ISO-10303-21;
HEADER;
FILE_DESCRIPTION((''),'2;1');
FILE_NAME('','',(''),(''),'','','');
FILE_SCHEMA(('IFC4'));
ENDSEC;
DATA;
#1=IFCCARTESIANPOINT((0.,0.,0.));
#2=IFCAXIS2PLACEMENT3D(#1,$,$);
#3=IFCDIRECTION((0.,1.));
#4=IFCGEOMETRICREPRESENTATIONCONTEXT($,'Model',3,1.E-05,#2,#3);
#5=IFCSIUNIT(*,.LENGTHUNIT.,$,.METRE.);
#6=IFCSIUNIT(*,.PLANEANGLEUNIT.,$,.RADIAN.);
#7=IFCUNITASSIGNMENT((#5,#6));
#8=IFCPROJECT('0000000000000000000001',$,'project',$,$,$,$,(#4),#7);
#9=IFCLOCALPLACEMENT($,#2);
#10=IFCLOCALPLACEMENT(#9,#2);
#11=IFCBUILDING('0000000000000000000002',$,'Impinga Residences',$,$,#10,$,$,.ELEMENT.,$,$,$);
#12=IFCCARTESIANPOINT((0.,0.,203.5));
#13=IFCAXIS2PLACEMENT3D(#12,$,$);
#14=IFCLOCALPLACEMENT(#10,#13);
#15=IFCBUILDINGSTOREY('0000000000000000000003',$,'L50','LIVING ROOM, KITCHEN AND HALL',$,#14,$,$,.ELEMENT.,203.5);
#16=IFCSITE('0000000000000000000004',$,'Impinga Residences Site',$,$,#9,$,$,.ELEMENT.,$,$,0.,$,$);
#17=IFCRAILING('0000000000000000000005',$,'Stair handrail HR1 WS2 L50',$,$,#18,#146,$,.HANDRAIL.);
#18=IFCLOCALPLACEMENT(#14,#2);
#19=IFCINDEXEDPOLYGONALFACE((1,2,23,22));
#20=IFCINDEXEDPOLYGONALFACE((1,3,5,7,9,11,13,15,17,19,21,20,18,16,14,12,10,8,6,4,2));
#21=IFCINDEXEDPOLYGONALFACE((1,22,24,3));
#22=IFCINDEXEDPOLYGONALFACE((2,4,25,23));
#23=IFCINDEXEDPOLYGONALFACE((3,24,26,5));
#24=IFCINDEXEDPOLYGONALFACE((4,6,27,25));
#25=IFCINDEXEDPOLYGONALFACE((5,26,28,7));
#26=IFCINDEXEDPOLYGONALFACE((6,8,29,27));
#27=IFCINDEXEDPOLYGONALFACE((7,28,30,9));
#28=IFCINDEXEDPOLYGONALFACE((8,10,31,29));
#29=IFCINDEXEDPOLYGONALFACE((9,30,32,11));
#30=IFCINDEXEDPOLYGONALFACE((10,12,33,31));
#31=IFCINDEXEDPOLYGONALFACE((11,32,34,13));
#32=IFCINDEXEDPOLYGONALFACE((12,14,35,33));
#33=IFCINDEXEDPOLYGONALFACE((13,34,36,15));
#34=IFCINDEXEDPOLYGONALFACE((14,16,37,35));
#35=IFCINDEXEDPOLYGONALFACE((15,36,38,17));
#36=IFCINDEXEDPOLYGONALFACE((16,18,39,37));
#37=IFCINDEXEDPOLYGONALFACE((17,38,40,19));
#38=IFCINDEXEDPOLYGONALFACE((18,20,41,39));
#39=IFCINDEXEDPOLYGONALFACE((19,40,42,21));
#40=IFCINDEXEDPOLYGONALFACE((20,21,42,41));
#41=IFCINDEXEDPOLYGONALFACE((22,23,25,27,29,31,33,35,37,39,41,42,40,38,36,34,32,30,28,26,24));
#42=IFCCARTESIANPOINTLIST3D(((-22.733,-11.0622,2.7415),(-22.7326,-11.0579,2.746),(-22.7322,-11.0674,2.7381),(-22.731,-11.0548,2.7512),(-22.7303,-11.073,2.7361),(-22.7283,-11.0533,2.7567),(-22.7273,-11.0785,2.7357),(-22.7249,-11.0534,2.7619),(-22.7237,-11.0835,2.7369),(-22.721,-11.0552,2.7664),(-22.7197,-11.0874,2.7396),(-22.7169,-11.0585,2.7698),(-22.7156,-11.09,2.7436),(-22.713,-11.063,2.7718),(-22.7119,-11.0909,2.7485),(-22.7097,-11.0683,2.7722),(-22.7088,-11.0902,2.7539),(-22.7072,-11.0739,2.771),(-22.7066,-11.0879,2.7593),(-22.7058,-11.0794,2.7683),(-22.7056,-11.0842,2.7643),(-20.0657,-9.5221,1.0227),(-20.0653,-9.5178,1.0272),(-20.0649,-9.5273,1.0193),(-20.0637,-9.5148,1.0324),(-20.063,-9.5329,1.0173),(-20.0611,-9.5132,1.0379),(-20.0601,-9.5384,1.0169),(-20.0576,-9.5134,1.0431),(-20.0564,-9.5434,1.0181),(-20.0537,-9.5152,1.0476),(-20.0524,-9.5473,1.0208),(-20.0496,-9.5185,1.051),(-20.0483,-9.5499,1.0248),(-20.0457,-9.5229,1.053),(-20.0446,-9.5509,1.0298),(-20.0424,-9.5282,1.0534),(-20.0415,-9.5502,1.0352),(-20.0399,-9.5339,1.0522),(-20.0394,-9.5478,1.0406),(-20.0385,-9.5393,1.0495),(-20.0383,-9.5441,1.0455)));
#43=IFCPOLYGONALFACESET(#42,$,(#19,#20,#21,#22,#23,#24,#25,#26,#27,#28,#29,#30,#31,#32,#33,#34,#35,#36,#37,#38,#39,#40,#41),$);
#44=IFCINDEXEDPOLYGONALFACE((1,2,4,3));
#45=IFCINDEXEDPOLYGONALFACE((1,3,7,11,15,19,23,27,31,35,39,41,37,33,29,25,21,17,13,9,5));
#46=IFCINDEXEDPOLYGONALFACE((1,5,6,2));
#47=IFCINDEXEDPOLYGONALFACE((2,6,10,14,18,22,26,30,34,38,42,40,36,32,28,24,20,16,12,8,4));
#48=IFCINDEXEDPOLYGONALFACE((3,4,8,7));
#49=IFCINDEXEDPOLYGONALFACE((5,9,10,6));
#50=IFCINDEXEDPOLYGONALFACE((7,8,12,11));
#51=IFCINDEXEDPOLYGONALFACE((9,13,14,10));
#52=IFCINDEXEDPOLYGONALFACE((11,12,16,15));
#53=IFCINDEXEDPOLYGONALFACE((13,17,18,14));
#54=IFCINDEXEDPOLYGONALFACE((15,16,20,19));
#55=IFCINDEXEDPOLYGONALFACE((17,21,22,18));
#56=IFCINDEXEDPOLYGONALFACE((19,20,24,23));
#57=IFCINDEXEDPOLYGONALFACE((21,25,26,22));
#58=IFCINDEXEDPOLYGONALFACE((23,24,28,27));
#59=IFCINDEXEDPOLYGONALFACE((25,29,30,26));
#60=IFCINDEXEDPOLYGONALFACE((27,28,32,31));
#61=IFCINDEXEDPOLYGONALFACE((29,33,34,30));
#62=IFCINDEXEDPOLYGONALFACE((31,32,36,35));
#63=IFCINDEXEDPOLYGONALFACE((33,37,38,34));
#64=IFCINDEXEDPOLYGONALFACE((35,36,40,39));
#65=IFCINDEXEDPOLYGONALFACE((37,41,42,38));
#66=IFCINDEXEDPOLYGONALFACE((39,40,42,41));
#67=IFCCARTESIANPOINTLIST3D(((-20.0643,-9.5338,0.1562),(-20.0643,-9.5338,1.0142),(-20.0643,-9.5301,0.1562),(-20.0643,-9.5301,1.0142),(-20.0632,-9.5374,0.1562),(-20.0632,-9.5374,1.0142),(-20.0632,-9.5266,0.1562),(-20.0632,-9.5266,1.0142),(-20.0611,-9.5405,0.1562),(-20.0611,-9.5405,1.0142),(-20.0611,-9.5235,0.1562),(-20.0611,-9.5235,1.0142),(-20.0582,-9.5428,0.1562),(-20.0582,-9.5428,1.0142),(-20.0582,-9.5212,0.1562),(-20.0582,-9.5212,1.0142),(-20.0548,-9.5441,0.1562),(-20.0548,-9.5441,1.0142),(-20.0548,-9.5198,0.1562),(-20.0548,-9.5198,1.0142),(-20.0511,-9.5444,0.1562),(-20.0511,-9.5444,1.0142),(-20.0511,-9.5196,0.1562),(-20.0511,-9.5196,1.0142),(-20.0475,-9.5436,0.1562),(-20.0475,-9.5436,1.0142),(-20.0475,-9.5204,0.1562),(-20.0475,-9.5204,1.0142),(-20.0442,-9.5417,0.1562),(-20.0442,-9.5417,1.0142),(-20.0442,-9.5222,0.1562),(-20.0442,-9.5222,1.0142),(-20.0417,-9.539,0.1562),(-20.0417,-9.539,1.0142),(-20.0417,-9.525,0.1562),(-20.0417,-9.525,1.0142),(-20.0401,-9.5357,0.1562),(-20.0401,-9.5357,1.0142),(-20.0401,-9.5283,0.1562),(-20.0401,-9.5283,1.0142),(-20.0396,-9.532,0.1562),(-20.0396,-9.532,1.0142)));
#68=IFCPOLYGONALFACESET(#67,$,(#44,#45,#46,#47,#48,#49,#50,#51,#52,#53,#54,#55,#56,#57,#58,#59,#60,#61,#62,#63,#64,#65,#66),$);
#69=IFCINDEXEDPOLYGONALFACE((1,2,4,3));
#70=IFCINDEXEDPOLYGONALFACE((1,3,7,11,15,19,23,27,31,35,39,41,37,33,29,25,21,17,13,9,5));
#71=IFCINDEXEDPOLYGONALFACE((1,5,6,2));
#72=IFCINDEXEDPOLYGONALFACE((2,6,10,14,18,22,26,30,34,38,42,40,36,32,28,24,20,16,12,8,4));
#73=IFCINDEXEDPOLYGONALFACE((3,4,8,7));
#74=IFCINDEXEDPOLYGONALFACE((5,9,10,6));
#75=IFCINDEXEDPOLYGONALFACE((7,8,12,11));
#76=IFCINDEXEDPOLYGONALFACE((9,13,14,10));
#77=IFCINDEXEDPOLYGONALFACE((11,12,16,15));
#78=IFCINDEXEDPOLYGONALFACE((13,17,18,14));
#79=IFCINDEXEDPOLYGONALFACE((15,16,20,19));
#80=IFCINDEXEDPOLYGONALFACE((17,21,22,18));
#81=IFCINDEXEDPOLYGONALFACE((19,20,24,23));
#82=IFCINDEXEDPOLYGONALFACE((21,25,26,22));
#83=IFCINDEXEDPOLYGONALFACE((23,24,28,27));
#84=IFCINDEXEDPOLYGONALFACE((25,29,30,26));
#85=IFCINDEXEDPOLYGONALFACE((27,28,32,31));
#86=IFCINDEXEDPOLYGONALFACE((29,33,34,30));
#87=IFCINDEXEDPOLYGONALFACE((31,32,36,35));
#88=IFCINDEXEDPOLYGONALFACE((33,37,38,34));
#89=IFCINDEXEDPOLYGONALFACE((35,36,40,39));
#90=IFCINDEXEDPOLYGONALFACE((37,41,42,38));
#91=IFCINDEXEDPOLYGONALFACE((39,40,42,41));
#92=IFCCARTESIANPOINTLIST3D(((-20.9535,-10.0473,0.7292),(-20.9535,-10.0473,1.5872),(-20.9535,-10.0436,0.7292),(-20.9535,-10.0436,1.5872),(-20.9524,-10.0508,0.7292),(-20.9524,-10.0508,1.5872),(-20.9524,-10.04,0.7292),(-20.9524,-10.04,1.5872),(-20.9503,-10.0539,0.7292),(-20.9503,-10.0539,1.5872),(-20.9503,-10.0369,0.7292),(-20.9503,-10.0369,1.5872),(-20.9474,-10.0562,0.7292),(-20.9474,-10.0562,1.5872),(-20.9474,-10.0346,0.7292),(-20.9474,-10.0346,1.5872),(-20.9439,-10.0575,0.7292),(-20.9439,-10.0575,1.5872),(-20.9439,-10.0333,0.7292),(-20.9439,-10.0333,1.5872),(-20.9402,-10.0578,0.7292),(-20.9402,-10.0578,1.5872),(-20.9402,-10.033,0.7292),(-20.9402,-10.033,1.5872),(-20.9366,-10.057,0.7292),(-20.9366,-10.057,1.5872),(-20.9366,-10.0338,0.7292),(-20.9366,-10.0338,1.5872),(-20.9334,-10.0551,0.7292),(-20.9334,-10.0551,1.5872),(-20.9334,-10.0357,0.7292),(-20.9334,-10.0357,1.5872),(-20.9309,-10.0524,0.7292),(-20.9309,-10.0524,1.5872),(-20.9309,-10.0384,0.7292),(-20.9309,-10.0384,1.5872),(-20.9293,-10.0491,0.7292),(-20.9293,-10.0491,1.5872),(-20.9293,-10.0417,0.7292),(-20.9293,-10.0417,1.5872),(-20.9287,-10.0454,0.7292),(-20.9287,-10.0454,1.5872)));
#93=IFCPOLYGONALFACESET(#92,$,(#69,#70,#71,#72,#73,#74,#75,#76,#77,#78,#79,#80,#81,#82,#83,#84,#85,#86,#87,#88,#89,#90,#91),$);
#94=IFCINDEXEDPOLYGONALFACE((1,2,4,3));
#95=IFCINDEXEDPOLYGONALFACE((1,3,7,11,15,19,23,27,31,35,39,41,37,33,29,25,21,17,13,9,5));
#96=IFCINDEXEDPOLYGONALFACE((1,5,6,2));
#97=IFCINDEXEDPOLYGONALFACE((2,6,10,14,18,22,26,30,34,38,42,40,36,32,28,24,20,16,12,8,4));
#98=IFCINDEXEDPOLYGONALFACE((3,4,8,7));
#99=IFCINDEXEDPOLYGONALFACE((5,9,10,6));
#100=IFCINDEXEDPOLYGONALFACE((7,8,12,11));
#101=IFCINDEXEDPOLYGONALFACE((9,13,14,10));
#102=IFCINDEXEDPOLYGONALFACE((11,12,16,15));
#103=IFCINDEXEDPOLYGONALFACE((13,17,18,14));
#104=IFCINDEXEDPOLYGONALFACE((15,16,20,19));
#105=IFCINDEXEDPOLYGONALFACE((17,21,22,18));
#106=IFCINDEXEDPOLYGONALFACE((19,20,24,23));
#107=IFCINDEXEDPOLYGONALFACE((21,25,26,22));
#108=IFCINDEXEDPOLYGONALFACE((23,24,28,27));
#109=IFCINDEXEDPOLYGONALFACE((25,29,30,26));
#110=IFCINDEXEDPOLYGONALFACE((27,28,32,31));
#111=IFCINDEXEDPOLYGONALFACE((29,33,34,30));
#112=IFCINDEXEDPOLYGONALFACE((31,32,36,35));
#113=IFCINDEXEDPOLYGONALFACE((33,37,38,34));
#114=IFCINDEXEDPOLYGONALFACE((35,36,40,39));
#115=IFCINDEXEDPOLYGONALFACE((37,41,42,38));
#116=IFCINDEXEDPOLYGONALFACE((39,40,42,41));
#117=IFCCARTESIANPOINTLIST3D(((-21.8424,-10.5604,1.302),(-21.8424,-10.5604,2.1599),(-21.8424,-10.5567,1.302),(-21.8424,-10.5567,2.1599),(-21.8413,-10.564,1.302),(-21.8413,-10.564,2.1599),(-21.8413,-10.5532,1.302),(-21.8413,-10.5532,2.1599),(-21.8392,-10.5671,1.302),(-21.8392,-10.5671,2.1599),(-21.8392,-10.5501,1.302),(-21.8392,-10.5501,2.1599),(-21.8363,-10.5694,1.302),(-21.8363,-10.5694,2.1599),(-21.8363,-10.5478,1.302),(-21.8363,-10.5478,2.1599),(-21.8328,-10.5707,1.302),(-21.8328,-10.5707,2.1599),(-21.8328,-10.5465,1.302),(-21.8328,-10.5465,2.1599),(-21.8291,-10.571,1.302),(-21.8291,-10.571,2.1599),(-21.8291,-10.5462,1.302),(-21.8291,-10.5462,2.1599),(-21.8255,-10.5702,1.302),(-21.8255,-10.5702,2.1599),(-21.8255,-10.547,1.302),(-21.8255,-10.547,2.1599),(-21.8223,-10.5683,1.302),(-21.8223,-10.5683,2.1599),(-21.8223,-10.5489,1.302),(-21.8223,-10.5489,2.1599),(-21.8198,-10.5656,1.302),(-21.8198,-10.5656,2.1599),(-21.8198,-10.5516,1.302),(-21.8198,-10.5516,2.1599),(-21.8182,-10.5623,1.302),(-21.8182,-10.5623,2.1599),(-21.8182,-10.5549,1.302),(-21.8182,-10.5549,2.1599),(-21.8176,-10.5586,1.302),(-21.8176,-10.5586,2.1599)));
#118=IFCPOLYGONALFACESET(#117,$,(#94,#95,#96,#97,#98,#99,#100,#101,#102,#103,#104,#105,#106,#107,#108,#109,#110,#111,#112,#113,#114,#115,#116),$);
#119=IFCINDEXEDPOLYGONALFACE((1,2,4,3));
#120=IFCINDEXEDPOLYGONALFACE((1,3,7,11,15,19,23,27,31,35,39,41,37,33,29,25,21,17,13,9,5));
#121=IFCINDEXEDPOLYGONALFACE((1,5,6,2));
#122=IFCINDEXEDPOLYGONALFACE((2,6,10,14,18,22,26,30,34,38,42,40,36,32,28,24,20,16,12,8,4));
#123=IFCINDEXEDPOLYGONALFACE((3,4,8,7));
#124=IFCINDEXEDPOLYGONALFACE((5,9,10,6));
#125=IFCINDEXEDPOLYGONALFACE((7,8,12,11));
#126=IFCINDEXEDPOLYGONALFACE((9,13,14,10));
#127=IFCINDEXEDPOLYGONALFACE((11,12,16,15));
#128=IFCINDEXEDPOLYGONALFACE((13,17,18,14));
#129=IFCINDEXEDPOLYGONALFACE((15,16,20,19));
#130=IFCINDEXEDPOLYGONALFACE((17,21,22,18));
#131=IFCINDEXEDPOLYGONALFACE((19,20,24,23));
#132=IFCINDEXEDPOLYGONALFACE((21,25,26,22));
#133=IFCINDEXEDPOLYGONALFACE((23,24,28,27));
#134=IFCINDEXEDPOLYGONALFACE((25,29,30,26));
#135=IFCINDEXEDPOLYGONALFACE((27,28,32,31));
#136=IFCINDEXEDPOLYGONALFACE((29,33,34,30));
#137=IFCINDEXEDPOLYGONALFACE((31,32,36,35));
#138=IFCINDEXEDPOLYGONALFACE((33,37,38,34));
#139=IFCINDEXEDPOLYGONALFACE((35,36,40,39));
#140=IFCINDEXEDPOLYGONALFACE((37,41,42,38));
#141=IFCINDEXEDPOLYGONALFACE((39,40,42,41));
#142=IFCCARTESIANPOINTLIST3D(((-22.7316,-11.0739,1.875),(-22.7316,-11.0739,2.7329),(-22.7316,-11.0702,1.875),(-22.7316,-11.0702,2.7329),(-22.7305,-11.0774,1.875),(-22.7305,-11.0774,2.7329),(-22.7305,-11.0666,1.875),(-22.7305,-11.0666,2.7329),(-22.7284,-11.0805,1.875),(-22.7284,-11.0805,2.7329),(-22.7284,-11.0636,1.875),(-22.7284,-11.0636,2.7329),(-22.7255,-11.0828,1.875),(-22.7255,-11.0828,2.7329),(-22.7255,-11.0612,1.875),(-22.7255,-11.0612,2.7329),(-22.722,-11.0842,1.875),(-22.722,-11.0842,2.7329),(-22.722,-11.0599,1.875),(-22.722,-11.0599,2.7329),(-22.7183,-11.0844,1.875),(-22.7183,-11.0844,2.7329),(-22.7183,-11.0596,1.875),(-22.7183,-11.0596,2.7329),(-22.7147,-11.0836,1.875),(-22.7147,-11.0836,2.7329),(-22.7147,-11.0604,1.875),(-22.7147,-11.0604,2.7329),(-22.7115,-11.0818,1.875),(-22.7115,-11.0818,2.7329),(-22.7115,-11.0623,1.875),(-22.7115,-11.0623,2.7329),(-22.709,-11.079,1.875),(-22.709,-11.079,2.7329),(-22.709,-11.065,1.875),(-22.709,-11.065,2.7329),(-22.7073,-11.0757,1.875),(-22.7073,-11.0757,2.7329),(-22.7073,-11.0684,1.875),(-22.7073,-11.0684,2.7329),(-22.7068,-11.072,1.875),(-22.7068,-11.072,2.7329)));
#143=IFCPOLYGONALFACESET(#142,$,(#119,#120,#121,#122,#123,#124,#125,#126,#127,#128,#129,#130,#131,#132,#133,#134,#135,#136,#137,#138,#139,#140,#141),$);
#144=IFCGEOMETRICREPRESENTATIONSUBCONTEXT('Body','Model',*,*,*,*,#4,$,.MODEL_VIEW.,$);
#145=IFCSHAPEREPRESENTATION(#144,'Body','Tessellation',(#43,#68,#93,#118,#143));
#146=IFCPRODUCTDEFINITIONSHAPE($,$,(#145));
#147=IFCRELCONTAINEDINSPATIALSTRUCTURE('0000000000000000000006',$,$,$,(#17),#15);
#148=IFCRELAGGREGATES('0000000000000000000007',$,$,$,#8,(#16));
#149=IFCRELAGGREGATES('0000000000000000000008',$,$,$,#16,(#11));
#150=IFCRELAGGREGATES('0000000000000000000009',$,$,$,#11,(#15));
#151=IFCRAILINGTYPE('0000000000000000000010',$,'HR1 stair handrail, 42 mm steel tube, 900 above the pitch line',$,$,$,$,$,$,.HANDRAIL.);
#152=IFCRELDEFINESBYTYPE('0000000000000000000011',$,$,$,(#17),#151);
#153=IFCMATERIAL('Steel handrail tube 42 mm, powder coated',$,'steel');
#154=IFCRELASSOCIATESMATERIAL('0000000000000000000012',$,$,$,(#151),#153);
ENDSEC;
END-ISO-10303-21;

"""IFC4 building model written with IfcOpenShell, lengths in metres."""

from ifc_helpers import new_model, si_unit, direction, frame, origin, origin_2d, place, context, subcontext, project, spatial, circle, extrude, material, type_object, element, save


model = new_model("IFC4")

# Units and contexts
model_context = context("Model", 3, precision=1e-05, world=origin(), true_north=direction((0.0, 1.0)))
body_context = subcontext(model_context, "Body", "Model", "MODEL_VIEW")
ifc_project = project(units=[si_unit("LENGTHUNIT", "METRE"), si_unit("PLANEANGLEUNIT", "RADIAN")], contexts=[model_context])

# Site, building, storey
site_placement = place(None, origin())
site = spatial("IfcSite", under=ifc_project, at=site_placement, Name="Impinga Residences Site", CompositionType="ELEMENT", RefElevation=0.0)
building_placement = place(site_placement, origin())
building = spatial("IfcBuilding", under=site, at=building_placement, Name="Impinga Residences", CompositionType="ELEMENT")
storey_placement = place(building_placement, frame((0.0, 0.0, 203.5)))
storey = spatial("IfcBuildingStorey", under=building, at=storey_placement, Name="L50", Description="LIVING ROOM, KITCHEN AND HALL", CompositionType="ELEMENT", Elevation=203.5)

# Railing
ifc_material_1 = material(Name="Steel handrail tube 42 mm, powder coated", Category="steel")
railing_type_1 = type_object("IfcRailingType", Name="HR1 stair handrail, 42 mm steel tube, 900 above the pitch line", PredefinedType="HANDRAIL", material=ifc_material_1)
railing_1_placement = place(storey_placement, frame((-20.052, -9.532, 0.1562)))
element("IfcRailing", 1, at=railing_1_placement, inside=storey, type_object=railing_type_1, Name="Stair handrail HR1 WS2 L50", PredefinedType="HANDRAIL", context=body_context, shape_type="SweptSolid", body=[
    extrude(circle(Radius=0.021, at=origin_2d()), frame((0.0, 0.0, 0.8789), z_axis=(-0.756226, -0.436639, 0.487307), x_axis=(0.500027, -0.86601, 0.0)), (0.0, 0.0, 1.0), 3.5271),
    extrude(circle(Radius=0.0125, at=origin_2d()), origin(), (0.0, 0.0, 1.0), 0.8579),
    extrude(circle(Radius=0.0125, at=origin_2d()), frame((-0.8892, -0.5134, 0.573)), (0.0, 0.0, 1.0), 0.8579),
    extrude(circle(Radius=0.0125, at=origin_2d()), frame((-1.7781, -1.0266, 1.1458)), (0.0, 0.0, 1.0), 0.8579),
    extrude(circle(Radius=0.0125, at=origin_2d()), frame((-2.6672, -1.54, 1.7188)), (0.0, 0.0, 1.0), 0.8579),
])

save(model, "model.ifc")
